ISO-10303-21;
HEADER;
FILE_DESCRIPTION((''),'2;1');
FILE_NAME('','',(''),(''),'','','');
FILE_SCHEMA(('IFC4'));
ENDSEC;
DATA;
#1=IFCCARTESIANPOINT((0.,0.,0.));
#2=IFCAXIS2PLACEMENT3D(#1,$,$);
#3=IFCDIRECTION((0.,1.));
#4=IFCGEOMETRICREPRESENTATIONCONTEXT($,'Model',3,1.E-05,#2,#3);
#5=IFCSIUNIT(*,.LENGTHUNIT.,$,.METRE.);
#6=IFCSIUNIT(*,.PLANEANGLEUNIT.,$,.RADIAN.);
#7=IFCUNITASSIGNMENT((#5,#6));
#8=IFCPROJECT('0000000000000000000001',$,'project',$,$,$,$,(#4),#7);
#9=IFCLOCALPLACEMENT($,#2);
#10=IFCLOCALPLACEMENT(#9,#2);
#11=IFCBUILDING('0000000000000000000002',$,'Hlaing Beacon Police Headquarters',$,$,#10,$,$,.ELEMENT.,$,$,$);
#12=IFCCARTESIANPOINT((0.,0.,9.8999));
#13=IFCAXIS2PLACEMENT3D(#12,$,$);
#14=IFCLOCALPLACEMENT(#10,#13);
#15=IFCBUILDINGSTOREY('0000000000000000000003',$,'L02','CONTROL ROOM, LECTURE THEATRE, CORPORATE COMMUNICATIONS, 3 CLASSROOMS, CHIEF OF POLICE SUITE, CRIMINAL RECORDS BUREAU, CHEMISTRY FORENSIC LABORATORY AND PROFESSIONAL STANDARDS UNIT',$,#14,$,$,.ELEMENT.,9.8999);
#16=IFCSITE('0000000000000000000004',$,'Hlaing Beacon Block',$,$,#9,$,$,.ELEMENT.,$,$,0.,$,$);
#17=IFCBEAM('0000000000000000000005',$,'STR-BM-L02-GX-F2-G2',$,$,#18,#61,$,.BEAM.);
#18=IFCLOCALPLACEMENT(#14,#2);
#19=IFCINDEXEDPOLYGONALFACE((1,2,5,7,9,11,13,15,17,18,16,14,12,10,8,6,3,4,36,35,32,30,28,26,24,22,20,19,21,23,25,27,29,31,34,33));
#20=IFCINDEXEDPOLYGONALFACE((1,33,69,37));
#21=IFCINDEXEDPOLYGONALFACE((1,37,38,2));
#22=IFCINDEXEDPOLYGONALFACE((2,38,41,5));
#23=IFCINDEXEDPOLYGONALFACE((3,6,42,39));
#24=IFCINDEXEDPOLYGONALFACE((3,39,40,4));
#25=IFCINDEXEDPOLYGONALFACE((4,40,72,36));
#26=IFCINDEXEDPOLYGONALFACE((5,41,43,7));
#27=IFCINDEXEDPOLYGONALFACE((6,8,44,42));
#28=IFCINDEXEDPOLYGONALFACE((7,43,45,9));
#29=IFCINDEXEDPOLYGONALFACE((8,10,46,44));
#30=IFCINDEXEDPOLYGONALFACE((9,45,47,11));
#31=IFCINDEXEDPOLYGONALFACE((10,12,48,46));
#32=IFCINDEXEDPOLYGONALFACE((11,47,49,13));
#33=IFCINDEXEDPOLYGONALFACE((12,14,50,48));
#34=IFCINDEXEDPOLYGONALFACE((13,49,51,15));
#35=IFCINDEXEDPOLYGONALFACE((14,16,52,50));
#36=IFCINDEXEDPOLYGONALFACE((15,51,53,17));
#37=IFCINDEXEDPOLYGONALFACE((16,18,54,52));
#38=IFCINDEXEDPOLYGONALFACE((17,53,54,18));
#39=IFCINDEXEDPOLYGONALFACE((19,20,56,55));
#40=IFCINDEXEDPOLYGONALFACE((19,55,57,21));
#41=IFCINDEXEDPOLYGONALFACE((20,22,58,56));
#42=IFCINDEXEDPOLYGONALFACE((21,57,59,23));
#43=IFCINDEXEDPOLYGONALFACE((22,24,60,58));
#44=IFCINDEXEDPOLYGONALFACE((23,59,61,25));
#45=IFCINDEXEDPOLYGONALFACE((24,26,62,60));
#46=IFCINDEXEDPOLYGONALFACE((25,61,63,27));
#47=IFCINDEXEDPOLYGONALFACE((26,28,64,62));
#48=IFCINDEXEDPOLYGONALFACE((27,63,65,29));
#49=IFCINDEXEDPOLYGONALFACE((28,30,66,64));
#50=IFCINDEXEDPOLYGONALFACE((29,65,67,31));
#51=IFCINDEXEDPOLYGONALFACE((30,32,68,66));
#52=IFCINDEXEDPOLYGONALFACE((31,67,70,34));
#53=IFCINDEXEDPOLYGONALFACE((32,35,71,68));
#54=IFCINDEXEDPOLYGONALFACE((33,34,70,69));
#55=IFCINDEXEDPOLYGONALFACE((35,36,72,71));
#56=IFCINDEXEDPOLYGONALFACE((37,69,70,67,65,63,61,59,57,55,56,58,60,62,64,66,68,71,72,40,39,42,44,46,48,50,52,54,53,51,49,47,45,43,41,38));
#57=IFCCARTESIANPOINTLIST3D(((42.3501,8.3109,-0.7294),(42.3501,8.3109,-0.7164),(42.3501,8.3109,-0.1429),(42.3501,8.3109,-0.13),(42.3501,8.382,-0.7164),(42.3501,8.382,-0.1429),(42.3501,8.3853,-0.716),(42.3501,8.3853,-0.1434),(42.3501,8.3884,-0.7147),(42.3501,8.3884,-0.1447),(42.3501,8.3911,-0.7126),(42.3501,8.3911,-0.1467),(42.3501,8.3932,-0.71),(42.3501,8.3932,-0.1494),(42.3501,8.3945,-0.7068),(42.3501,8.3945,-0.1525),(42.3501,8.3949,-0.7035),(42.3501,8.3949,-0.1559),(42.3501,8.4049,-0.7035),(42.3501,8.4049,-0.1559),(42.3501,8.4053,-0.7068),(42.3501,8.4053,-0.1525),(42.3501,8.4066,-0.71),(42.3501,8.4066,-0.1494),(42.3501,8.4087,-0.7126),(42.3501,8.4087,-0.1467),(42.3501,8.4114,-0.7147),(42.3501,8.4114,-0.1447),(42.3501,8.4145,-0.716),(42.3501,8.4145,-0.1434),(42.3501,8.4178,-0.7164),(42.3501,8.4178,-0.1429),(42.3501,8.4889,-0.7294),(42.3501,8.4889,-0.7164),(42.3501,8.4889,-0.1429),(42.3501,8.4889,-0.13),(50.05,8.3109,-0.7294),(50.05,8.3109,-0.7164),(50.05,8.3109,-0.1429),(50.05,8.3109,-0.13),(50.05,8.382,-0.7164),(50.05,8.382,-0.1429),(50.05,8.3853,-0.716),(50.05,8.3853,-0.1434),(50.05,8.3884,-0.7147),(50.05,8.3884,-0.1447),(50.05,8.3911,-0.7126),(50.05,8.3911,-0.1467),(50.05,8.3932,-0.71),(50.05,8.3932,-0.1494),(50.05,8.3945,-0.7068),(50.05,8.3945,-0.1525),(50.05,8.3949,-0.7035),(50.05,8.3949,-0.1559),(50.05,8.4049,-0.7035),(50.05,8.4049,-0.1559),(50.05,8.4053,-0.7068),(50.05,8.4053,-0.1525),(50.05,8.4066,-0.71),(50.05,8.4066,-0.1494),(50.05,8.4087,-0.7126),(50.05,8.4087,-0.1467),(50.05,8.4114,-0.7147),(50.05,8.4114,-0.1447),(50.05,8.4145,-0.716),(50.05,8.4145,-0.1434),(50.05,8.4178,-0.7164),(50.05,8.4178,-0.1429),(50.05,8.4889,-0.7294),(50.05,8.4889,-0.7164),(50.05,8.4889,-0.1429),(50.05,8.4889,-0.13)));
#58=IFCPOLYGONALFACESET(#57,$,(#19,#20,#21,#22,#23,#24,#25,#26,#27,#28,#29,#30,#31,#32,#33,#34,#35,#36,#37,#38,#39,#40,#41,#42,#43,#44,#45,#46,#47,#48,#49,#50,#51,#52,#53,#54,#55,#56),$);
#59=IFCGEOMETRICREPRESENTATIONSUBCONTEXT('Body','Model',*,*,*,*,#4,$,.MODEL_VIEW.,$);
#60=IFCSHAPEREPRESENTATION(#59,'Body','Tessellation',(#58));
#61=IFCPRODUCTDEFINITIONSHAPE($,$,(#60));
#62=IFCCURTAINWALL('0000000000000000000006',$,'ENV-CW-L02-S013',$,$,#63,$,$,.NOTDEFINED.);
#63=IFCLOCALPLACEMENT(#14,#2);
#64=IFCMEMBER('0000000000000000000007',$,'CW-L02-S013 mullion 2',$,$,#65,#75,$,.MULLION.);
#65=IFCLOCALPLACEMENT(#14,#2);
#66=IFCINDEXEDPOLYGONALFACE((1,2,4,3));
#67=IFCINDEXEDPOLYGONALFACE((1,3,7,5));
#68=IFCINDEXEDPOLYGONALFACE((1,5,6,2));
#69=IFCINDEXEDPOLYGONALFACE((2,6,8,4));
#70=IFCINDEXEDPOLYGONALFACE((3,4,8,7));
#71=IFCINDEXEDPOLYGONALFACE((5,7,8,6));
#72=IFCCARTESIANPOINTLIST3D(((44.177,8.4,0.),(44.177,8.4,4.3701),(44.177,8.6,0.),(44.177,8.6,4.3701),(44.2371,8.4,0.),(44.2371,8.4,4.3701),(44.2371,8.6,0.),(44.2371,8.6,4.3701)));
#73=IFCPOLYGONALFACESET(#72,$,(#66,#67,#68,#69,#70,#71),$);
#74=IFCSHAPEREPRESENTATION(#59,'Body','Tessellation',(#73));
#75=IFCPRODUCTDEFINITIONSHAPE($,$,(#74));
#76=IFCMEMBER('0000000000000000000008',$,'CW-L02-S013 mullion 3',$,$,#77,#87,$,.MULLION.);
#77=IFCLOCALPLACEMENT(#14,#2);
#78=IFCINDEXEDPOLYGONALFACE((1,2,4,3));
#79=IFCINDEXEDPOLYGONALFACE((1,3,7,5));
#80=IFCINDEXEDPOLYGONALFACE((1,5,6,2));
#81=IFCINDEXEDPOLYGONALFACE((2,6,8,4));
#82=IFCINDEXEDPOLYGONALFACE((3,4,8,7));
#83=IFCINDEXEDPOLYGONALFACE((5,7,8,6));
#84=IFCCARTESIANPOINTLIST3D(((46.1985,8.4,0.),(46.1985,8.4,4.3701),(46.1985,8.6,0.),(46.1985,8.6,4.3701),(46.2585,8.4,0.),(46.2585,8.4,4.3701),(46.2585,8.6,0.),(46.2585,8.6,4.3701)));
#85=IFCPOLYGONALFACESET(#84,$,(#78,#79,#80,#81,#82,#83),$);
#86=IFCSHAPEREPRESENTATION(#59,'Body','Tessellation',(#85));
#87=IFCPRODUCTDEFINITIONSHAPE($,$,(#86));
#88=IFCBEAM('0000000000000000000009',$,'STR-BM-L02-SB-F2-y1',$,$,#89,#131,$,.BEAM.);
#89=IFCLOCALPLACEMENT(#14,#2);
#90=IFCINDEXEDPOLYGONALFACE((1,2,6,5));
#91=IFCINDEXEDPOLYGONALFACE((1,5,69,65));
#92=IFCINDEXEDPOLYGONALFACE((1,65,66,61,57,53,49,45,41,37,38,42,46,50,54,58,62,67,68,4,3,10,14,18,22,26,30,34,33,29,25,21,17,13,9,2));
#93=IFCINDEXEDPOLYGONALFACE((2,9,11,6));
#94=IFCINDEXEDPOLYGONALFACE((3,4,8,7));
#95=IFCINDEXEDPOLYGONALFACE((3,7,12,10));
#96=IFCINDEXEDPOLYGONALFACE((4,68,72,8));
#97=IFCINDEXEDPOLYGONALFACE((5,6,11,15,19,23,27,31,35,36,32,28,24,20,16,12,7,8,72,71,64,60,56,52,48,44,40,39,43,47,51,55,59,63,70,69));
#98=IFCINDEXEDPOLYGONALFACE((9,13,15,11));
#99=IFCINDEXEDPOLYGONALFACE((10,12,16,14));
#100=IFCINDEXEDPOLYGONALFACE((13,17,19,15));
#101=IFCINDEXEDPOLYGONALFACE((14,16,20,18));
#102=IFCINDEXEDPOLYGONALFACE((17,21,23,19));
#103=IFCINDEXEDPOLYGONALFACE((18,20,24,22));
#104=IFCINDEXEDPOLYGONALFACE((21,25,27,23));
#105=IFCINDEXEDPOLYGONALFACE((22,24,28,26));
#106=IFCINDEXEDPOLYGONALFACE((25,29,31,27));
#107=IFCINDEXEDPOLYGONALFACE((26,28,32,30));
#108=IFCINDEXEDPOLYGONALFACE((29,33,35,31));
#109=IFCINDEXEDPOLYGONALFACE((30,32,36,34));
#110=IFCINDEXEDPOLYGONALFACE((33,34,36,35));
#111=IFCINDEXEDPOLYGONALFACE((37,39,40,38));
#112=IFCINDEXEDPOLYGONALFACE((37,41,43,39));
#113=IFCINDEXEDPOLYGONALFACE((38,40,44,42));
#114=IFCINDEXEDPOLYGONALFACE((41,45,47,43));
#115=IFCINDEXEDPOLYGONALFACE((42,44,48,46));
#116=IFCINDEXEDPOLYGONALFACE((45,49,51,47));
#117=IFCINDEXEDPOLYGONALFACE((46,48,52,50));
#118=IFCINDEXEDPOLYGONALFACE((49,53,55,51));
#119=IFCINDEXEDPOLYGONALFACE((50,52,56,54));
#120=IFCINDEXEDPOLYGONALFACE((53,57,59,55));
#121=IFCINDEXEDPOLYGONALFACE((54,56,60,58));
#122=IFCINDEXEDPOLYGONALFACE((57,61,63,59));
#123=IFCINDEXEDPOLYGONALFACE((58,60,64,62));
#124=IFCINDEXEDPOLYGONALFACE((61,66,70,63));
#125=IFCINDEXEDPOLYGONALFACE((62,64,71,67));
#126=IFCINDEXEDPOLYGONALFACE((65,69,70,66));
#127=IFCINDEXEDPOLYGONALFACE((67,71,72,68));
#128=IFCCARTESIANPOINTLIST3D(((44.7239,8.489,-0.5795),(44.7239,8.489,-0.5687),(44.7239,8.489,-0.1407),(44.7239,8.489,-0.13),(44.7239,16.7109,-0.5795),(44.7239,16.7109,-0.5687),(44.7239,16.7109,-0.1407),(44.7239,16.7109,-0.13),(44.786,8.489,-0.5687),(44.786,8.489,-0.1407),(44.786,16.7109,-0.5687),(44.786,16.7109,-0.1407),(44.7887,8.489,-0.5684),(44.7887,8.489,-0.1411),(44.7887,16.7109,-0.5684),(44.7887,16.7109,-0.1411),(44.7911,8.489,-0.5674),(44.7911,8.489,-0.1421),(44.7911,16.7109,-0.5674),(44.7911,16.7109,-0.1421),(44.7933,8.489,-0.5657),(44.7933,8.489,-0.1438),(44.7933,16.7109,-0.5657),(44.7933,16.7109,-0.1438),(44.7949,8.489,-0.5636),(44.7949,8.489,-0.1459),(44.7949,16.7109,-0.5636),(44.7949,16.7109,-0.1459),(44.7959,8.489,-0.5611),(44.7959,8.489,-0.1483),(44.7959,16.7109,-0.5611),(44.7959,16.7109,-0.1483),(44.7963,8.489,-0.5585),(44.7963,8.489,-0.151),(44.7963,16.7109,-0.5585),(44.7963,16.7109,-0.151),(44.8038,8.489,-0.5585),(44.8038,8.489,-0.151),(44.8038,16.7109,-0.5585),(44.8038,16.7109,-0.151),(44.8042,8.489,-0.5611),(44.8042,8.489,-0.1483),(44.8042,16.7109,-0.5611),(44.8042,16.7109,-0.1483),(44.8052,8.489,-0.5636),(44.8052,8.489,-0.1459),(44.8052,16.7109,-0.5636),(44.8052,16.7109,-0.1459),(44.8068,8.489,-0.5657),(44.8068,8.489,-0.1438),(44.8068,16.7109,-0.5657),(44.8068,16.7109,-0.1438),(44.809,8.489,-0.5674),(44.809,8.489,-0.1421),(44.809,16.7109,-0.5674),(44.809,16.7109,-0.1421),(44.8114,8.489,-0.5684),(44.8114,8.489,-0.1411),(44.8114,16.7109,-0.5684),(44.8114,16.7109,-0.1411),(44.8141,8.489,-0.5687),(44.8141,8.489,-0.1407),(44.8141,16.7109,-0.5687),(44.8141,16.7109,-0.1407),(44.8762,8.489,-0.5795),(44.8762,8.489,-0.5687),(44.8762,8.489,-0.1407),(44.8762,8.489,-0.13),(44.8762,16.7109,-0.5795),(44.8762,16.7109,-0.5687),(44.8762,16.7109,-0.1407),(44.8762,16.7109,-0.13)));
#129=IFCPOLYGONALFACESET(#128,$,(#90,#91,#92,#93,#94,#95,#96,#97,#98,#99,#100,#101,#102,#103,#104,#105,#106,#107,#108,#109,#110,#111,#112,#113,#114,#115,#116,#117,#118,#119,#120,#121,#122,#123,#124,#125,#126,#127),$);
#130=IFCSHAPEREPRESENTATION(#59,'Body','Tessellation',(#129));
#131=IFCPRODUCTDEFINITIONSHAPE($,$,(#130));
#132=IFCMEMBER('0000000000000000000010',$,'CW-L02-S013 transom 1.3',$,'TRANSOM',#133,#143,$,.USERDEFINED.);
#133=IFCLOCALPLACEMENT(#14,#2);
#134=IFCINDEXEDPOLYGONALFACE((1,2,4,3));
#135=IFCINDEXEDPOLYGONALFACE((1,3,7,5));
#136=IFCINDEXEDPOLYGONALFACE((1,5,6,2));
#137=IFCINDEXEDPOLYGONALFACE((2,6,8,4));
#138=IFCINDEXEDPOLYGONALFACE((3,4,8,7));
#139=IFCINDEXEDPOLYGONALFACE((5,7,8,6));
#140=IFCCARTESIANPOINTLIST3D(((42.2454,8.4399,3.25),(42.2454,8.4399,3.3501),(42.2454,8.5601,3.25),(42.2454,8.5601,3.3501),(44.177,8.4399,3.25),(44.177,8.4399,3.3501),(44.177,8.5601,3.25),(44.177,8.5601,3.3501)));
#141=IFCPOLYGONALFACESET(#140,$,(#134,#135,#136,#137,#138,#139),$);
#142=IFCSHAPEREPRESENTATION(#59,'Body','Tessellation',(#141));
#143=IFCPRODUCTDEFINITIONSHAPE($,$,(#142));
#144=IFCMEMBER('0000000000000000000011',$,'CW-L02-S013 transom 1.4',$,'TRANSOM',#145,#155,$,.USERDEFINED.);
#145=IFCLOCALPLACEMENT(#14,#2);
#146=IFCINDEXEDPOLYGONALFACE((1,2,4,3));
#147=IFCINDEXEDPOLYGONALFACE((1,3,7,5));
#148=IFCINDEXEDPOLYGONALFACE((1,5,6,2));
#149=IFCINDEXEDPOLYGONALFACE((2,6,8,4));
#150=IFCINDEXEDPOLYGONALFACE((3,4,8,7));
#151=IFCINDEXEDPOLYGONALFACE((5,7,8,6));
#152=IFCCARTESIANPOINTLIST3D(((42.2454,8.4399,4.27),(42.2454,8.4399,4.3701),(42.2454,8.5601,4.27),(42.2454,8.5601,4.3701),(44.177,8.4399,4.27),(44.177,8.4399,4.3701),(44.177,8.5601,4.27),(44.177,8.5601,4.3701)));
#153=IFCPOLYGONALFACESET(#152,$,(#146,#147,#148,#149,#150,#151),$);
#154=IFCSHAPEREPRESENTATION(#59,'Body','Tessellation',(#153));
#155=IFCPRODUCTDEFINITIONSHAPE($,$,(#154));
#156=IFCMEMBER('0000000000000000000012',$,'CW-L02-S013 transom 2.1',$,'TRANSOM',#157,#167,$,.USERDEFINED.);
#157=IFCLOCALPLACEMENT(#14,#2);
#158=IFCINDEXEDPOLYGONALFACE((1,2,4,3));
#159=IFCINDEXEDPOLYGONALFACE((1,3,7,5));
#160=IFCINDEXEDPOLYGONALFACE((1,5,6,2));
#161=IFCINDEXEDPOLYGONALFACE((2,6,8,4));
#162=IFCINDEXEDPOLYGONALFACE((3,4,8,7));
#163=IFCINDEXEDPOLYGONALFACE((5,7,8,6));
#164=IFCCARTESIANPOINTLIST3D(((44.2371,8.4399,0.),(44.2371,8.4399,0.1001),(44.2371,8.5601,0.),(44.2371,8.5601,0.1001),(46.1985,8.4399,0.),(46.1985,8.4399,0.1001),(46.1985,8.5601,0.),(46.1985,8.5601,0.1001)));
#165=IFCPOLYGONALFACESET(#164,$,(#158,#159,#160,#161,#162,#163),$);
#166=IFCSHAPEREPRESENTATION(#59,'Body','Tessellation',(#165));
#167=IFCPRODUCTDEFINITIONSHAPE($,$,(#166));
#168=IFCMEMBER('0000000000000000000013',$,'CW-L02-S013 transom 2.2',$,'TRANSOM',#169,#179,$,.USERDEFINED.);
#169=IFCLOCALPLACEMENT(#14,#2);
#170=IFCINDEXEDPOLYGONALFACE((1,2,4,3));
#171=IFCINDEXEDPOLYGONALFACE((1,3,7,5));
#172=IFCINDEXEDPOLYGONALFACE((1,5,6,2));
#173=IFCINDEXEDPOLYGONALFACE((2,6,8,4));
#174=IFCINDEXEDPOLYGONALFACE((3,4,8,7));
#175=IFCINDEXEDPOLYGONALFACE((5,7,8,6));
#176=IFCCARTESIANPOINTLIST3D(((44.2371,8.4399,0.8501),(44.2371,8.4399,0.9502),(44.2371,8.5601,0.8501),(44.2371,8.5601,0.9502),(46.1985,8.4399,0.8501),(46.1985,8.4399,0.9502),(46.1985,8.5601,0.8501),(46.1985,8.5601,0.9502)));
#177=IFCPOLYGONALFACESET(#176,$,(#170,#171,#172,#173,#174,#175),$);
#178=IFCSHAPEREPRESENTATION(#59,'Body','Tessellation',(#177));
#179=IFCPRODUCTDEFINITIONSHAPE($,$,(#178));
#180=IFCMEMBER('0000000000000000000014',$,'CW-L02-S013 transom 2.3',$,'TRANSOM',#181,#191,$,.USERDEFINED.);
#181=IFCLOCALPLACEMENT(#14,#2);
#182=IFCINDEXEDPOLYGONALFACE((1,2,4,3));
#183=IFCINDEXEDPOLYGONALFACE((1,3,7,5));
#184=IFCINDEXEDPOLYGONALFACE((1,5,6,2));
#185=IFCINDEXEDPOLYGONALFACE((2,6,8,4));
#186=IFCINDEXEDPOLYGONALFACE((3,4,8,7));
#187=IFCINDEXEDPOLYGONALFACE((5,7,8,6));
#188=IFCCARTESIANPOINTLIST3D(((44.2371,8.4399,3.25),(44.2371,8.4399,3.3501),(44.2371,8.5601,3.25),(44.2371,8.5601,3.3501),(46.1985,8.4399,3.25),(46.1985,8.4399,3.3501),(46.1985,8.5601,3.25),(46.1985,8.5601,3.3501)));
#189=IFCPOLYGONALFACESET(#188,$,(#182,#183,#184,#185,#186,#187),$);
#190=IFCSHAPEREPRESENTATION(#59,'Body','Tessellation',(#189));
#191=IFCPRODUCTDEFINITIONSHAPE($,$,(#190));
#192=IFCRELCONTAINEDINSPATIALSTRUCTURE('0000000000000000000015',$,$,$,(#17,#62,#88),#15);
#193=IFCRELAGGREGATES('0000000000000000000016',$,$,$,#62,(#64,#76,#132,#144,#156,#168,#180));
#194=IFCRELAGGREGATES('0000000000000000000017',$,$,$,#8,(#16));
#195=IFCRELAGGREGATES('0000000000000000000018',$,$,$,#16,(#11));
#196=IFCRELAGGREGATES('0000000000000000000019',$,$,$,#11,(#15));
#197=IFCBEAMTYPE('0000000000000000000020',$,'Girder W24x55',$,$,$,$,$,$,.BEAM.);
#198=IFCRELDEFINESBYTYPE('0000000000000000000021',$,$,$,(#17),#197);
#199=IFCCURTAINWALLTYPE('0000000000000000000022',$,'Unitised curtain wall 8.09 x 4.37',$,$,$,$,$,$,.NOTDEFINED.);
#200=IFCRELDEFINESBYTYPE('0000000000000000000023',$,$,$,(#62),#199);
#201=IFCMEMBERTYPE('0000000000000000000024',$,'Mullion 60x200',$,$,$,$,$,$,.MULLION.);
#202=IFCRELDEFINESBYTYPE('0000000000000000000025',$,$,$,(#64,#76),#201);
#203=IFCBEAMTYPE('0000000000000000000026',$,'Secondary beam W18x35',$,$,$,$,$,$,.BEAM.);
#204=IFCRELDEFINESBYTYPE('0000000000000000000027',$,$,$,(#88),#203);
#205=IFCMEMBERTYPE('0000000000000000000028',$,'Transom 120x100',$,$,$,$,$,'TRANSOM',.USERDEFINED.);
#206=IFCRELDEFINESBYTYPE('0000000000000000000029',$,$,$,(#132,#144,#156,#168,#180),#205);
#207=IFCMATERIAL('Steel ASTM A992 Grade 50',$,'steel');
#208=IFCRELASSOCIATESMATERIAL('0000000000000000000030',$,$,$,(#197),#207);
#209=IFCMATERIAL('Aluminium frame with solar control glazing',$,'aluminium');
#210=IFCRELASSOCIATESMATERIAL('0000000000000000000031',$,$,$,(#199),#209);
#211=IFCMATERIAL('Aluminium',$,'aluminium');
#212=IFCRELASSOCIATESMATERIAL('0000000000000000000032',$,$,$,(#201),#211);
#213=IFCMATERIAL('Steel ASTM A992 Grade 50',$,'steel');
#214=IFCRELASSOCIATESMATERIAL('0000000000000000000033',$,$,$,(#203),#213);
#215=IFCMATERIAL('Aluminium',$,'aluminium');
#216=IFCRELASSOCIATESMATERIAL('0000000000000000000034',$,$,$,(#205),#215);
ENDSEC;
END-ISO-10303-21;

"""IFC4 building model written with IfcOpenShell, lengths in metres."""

from ifc_helpers import new_model, si_unit, direction, frame, origin, origin_2d, place, context, subcontext, project, spatial, rectangle, i_section, extrude, material, material_profile, profile_set, type_object, element, aggregate, save


model = new_model("IFC4")

# Units and contexts
model_context = context("Model", 3, precision=1e-05, world=origin(), true_north=direction((0.0, 1.0)))
body_context = subcontext(model_context, "Body", "Model", "MODEL_VIEW")
ifc_project = project(units=[si_unit("LENGTHUNIT", "METRE"), si_unit("PLANEANGLEUNIT", "RADIAN")], contexts=[model_context])

# Site, building, storey
site_placement = place(None, origin())
site = spatial("IfcSite", under=ifc_project, at=site_placement, Name="Hlaing Beacon Block", CompositionType="ELEMENT", RefElevation=0.0)
building_placement = place(site_placement, origin())
building = spatial("IfcBuilding", under=site, at=building_placement, Name="Hlaing Beacon Police Headquarters", CompositionType="ELEMENT")
storey_placement = place(building_placement, frame((0.0, 0.0, 9.8999)))
storey = spatial("IfcBuildingStorey", under=building, at=storey_placement, Name="L02", Description="CONTROL ROOM, LECTURE THEATRE, CORPORATE COMMUNICATIONS, 3 CLASSROOMS, CHIEF OF POLICE SUITE, CRIMINAL RECORDS BUREAU, CHEMISTRY FORENSIC LABORATORY AND PROFESSIONAL STANDARDS UNIT", CompositionType="ELEMENT", Elevation=9.8999)

# Beam
ifc_material_1 = material(Name="Steel ASTM A992 Grade 50", Category="steel")
ifc_material_profile_1 = material_profile(ifc_material_1, i_section(OverallWidth=0.178, OverallDepth=0.5994, WebThickness=0.01, FlangeThickness=0.0129, FilletRadius=0.0129, at=origin_2d()), Name="W24x55")
ifc_profile_set_1 = profile_set([ifc_material_profile_1], Name="Steel ASTM A992 Grade 50")
beam_type_1 = type_object("IfcBeamType", Name="Girder W24x55", PredefinedType="BEAM", material=ifc_profile_set_1)
beam_1_placement = place(storey_placement, frame((42.3501, 8.3999, -0.4297), z_axis=(1.0, 0.0, 0.0), x_axis=(0.0, 1.0, 0.0)))
element("IfcBeam", 1, at=beam_1_placement, inside=storey, type_object=beam_type_1, Name="STR-BM-L02-GX-F2-G2", PredefinedType="BEAM", context=body_context, shape_type="SweptSolid", body=[
    extrude(i_section(OverallWidth=0.178, OverallDepth=0.5994, WebThickness=0.01, FlangeThickness=0.0129, FilletRadius=0.0129, at=origin_2d()), origin(), (0.0, 0.0, 1.0), 7.7),
])

# Curtain wall, members
ifc_material_2 = material(Name="Aluminium frame with solar control glazing", Category="aluminium")
curtain_wall_type = type_object("IfcCurtainWallType", Name="Unitised curtain wall 8.09 x 4.37", PredefinedType="NOTDEFINED", material=ifc_material_2)
curtain_wall_placement = place(storey_placement, origin())
curtain_wall = element("IfcCurtainWall", 2, at=curtain_wall_placement, inside=storey, type_object=curtain_wall_type, Name="ENV-CW-L02-S013", PredefinedType="NOTDEFINED")
ifc_material_3 = material(Name="Aluminium", Category="aluminium")
ifc_material_profile_2 = material_profile(ifc_material_3, rectangle(XDim=0.2, YDim=0.0601, at=origin_2d()), Name="Mullion 60x200")
ifc_profile_set_2 = profile_set([ifc_material_profile_2], Name="Aluminium")
member_type_1 = type_object("IfcMemberType", Name="Mullion 60x200", PredefinedType="MULLION", material=ifc_profile_set_2)
member_1_placement = place(storey_placement, frame((44.207, 8.5, 0.0), z_axis=(0.0, 0.0, 1.0), x_axis=(0.0, 1.0, 0.0)))
member_1 = element("IfcMember", 3, at=member_1_placement, type_object=member_type_1, Name="CW-L02-S013 mullion 2", PredefinedType="MULLION", context=body_context, shape_type="SweptSolid", body=[
    extrude(rectangle(XDim=0.2, YDim=0.0601, at=origin_2d()), origin(), (0.0, 0.0, 1.0), 4.3701),
])
member_2_placement = place(storey_placement, frame((46.2285, 8.5, 0.0), z_axis=(0.0, 0.0, 1.0), x_axis=(0.0, 1.0, 0.0)))
member_2 = element("IfcMember", 4, at=member_2_placement, type_object=member_type_1, Name="CW-L02-S013 mullion 3", PredefinedType="MULLION", context=body_context, shape_type="SweptSolid", body=[
    extrude(rectangle(XDim=0.2, YDim=0.0601, at=origin_2d()), origin(), (0.0, 0.0, 1.0), 4.3701),
])

# Beam
ifc_material_4 = material(Name="Steel ASTM A992 Grade 50", Category="steel")
ifc_material_profile_3 = material_profile(ifc_material_4, i_section(OverallWidth=0.1523, OverallDepth=0.4495, WebThickness=0.0076, FlangeThickness=0.0107, FilletRadius=0.0103, at=origin_2d()), Name="W18x35")
ifc_profile_set_3 = profile_set([ifc_material_profile_3], Name="Steel ASTM A992 Grade 50")
beam_type_2 = type_object("IfcBeamType", Name="Secondary beam W18x35", PredefinedType="BEAM", material=ifc_profile_set_3)
beam_2_placement = place(storey_placement, frame((44.8, 8.489, -0.3547), z_axis=(0.0, 1.0, 0.0), x_axis=(-1.0, 0.0, 0.0)))
element("IfcBeam", 5, at=beam_2_placement, inside=storey, type_object=beam_type_2, Name="STR-BM-L02-SB-F2-y1", PredefinedType="BEAM", context=body_context, shape_type="SweptSolid", body=[
    extrude(i_section(OverallWidth=0.1523, OverallDepth=0.4495, WebThickness=0.0076, FlangeThickness=0.0107, FilletRadius=0.0103, at=origin_2d()), origin(), (0.0, 0.0, 1.0), 8.2219),
])

# Members
ifc_material_5 = material(Name="Aluminium", Category="aluminium")
ifc_material_profile_4 = material_profile(ifc_material_5, rectangle(XDim=0.1201, YDim=0.1001, at=origin_2d()), Name="Transom 120x100")
ifc_profile_set_4 = profile_set([ifc_material_profile_4], Name="Aluminium")
member_type_2 = type_object("IfcMemberType", Name="Transom 120x100", ElementType="TRANSOM", PredefinedType="USERDEFINED", material=ifc_profile_set_4)
member_3_placement = place(storey_placement, frame((42.2454, 8.5, 3.3), z_axis=(1.0, 0.0, 0.0), x_axis=(0.0, 1.0, 0.0)))
member_3 = element("IfcMember", 6, at=member_3_placement, type_object=member_type_2, Name="CW-L02-S013 transom 1.3", ObjectType="TRANSOM", PredefinedType="USERDEFINED", context=body_context, shape_type="SweptSolid", body=[
    extrude(rectangle(XDim=0.1201, YDim=0.1001, at=origin_2d()), origin(), (0.0, 0.0, 1.0), 1.9316),
])
member_4_placement = place(storey_placement, frame((42.2454, 8.5, 4.3201), z_axis=(1.0, 0.0, 0.0), x_axis=(0.0, 1.0, 0.0)))
member_4 = element("IfcMember", 7, at=member_4_placement, type_object=member_type_2, Name="CW-L02-S013 transom 1.4", ObjectType="TRANSOM", PredefinedType="USERDEFINED", context=body_context, shape_type="SweptSolid", body=[
    extrude(rectangle(XDim=0.1201, YDim=0.1001, at=origin_2d()), origin(), (0.0, 0.0, 1.0), 1.9316),
])
member_5_placement = place(storey_placement, frame((44.2371, 8.5, 0.05), z_axis=(1.0, 0.0, 0.0), x_axis=(0.0, 1.0, 0.0)))
member_5 = element("IfcMember", 8, at=member_5_placement, type_object=member_type_2, Name="CW-L02-S013 transom 2.1", ObjectType="TRANSOM", PredefinedType="USERDEFINED", context=body_context, shape_type="SweptSolid", body=[
    extrude(rectangle(XDim=0.1201, YDim=0.1001, at=origin_2d()), origin(), (0.0, 0.0, 1.0), 1.9614),
])
member_6_placement = place(storey_placement, frame((44.2371, 8.5, 0.9001), z_axis=(1.0, 0.0, 0.0), x_axis=(0.0, 1.0, 0.0)))
member_6 = element("IfcMember", 9, at=member_6_placement, type_object=member_type_2, Name="CW-L02-S013 transom 2.2", ObjectType="TRANSOM", PredefinedType="USERDEFINED", context=body_context, shape_type="SweptSolid", body=[
    extrude(rectangle(XDim=0.1201, YDim=0.1001, at=origin_2d()), origin(), (0.0, 0.0, 1.0), 1.9614),
])
member_7_placement = place(storey_placement, frame((44.2371, 8.5, 3.3), z_axis=(1.0, 0.0, 0.0), x_axis=(0.0, 1.0, 0.0)))
member_7 = element("IfcMember", 10, at=member_7_placement, type_object=member_type_2, Name="CW-L02-S013 transom 2.3", ObjectType="TRANSOM", PredefinedType="USERDEFINED", context=body_context, shape_type="SweptSolid", body=[
    extrude(rectangle(XDim=0.1201, YDim=0.1001, at=origin_2d()), origin(), (0.0, 0.0, 1.0), 1.9614),
])

aggregate(curtain_wall, [member_1, member_2, member_3, member_4, member_5, member_6, member_7])

save(model, "model.ifc")
